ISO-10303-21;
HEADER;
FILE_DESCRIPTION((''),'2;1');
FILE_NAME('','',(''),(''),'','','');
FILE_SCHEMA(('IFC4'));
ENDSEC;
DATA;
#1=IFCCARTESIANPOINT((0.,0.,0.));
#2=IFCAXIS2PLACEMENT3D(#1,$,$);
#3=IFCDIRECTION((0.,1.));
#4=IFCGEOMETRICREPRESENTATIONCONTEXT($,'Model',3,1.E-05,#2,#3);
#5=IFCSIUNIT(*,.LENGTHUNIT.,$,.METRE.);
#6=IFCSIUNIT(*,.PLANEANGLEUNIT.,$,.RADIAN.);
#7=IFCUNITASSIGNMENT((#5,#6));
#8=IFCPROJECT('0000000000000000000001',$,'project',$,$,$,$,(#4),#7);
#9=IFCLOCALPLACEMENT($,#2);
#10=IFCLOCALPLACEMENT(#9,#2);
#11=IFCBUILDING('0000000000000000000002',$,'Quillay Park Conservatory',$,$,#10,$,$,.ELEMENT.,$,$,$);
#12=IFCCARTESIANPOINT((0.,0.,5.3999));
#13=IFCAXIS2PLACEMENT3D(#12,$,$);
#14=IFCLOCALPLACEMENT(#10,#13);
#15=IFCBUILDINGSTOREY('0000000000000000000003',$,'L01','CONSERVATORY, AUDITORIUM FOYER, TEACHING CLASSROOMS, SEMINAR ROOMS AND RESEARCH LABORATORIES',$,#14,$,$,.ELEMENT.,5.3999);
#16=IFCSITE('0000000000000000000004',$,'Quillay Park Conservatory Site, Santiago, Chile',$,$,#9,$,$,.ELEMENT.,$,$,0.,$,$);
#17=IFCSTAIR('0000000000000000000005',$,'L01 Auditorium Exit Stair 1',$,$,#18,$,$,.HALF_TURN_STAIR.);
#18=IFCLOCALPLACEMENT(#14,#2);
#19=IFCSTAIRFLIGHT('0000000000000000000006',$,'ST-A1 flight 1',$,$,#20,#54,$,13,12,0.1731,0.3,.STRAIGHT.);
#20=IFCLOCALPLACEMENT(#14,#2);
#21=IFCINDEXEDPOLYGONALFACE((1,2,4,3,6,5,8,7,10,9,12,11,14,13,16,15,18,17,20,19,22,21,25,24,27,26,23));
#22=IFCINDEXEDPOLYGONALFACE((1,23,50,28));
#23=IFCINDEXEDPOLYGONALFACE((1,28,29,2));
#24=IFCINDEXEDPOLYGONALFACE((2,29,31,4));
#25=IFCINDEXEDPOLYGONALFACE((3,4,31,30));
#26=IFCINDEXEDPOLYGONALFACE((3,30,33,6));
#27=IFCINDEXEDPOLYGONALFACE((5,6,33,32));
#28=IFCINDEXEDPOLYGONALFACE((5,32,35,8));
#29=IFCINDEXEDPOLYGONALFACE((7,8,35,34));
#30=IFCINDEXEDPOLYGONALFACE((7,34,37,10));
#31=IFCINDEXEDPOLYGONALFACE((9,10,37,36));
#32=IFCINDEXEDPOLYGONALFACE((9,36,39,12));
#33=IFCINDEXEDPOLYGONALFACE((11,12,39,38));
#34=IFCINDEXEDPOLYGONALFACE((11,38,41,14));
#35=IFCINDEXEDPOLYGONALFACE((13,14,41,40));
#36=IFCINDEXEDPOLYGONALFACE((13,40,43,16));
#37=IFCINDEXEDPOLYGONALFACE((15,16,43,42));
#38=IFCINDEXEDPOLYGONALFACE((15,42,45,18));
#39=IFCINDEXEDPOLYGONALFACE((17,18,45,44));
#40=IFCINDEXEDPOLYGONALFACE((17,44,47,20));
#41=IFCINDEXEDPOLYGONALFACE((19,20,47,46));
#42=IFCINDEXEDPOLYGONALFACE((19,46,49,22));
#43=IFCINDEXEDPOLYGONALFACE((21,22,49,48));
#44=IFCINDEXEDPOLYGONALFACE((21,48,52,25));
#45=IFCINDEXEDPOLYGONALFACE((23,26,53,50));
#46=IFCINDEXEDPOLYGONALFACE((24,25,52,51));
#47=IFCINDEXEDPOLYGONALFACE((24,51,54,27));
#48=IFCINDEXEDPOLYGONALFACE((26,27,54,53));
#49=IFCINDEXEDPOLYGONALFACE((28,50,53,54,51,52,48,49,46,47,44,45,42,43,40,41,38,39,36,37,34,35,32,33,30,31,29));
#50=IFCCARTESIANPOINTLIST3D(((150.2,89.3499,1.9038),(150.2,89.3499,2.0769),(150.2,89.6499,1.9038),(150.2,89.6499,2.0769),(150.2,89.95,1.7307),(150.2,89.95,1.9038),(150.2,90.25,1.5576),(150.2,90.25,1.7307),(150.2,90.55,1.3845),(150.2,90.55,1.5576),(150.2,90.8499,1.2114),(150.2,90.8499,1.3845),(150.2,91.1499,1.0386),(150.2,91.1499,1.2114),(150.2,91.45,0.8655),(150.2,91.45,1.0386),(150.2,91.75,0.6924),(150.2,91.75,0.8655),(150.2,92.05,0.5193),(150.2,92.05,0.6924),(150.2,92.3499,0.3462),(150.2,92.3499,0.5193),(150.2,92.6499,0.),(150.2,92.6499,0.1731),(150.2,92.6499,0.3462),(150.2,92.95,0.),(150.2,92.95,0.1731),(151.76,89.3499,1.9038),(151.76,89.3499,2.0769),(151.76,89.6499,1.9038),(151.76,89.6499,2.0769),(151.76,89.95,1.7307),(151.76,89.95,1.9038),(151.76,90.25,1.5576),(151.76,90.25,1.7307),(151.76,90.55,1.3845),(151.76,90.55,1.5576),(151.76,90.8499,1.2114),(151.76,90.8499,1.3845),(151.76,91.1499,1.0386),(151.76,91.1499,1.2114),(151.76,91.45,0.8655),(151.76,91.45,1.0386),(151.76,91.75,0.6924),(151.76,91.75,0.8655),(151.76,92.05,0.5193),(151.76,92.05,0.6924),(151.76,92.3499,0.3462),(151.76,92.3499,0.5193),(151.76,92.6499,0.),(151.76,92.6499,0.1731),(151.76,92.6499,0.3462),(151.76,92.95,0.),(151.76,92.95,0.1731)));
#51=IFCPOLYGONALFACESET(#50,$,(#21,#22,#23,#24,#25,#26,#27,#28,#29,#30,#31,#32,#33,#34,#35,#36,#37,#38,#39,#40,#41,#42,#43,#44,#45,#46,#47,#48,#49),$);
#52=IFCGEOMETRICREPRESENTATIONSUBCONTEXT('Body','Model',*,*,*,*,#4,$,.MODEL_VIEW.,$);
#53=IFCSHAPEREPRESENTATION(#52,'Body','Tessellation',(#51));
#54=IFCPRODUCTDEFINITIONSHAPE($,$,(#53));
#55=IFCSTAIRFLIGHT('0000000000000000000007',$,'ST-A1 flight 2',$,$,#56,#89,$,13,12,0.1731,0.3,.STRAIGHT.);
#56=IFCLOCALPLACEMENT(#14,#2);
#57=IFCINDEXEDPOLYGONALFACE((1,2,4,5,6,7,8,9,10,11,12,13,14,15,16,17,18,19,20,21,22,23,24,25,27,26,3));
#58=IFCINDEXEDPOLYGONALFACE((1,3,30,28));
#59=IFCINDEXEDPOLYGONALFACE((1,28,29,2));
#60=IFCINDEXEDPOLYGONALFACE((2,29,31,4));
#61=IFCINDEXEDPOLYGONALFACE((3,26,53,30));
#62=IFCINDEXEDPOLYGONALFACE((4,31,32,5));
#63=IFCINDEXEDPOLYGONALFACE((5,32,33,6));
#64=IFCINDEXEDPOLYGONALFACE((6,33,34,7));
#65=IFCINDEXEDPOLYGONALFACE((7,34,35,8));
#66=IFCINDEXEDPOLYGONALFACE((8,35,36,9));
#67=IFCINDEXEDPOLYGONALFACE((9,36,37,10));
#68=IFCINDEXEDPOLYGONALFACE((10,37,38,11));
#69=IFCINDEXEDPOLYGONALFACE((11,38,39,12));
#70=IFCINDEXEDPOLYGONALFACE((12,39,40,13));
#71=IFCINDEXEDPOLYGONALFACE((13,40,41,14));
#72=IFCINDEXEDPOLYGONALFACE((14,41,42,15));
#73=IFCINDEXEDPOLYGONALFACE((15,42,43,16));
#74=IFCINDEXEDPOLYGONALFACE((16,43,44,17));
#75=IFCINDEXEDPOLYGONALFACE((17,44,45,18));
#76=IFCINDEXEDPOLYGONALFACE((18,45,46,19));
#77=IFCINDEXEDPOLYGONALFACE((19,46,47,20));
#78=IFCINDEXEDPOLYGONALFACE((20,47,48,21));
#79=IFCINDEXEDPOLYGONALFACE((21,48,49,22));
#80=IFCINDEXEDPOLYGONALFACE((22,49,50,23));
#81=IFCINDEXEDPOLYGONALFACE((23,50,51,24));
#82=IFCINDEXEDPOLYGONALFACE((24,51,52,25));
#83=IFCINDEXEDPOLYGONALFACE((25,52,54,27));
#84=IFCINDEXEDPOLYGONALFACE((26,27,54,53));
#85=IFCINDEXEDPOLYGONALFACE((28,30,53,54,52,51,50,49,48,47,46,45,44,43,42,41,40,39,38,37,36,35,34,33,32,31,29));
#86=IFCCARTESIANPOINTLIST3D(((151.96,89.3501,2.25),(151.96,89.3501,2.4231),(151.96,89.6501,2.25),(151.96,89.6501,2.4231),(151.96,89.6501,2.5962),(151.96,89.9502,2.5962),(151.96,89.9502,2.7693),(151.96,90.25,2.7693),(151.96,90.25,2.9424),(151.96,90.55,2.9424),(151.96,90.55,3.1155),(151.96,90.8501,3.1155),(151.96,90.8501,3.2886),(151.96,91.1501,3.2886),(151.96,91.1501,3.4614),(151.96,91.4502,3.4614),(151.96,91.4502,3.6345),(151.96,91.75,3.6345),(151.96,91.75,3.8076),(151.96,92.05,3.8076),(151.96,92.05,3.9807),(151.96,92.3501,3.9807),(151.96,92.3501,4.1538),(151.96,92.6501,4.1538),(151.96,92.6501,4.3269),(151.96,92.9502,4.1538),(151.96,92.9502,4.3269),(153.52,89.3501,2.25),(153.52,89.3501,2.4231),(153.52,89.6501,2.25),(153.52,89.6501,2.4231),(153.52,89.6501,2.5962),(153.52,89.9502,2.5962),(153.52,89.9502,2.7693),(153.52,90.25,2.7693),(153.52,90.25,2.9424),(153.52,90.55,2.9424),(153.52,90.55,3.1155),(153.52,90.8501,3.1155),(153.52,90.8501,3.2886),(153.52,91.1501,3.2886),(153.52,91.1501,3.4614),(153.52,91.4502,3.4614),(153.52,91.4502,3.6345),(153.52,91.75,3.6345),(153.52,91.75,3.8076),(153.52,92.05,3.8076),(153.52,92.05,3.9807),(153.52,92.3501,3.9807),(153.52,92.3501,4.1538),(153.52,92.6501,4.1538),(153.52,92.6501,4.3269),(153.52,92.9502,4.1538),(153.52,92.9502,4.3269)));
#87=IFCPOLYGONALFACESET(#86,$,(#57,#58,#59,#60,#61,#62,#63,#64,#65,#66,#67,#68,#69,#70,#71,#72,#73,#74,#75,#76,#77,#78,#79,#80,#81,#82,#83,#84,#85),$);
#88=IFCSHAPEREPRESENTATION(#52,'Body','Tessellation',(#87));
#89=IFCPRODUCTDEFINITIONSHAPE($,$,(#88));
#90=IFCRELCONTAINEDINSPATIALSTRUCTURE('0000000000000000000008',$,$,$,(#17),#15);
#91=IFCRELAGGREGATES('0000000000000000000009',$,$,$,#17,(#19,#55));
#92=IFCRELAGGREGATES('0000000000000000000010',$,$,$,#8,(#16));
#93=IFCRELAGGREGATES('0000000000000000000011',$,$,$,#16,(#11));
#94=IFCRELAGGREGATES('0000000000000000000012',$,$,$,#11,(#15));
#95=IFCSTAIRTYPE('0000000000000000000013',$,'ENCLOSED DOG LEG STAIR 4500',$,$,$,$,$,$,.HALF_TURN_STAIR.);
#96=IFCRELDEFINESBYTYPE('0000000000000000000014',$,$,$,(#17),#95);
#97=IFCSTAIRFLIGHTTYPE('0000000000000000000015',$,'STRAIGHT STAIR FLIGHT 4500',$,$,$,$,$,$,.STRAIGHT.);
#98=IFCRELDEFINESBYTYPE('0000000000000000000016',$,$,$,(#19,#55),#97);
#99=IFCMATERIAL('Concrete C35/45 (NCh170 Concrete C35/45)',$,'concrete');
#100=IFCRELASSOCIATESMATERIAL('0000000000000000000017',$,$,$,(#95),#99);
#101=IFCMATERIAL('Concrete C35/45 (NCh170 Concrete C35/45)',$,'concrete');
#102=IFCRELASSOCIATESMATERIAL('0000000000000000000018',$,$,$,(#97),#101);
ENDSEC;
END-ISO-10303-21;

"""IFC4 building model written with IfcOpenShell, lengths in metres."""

from ifc_helpers import new_model, si_unit, direction, frame, origin, place, context, subcontext, project, spatial, polyline, outline, extrude, material, type_object, element, aggregate, save


model = new_model("IFC4")

# Units and contexts
model_context = context("Model", 3, precision=1e-05, world=origin(), true_north=direction((0.0, 1.0)))
body_context = subcontext(model_context, "Body", "Model", "MODEL_VIEW")
ifc_project = project(units=[si_unit("LENGTHUNIT", "METRE"), si_unit("PLANEANGLEUNIT", "RADIAN")], contexts=[model_context])

# Site, building, storey
site_placement = place(None, origin())
site = spatial("IfcSite", under=ifc_project, at=site_placement, Name="Quillay Park Conservatory Site, Santiago, Chile", CompositionType="ELEMENT", RefElevation=0.0)
building_placement = place(site_placement, origin())
building = spatial("IfcBuilding", under=site, at=building_placement, Name="Quillay Park Conservatory", CompositionType="ELEMENT")
storey_placement = place(building_placement, frame((0.0, 0.0, 5.3999)))
storey = spatial("IfcBuildingStorey", under=building, at=storey_placement, Name="L01", Description="CONSERVATORY, AUDITORIUM FOYER, TEACHING CLASSROOMS, SEMINAR ROOMS AND RESEARCH LABORATORIES", CompositionType="ELEMENT", Elevation=5.3999)

# Stair, stair flights
ifc_material_1 = material(Name="Concrete C35/45 (NCh170 Concrete C35/45)", Category="concrete")
stair_type = type_object("IfcStairType", Name="ENCLOSED DOG LEG STAIR 4500", PredefinedType="HALF_TURN_STAIR", material=ifc_material_1)
stair_placement = place(storey_placement, origin())
stair = element("IfcStair", 1, at=stair_placement, inside=storey, type_object=stair_type, Name="L01 Auditorium Exit Stair 1", PredefinedType="HALF_TURN_STAIR")
ifc_material_2 = material(Name="Concrete C35/45 (NCh170 Concrete C35/45)", Category="concrete")
stair_flight_type = type_object("IfcStairFlightType", Name="STRAIGHT STAIR FLIGHT 4500", PredefinedType="STRAIGHT", material=ifc_material_2)
stair_flight_1_placement = place(storey_placement, frame((150.98, 92.95, 0.0), z_axis=(0.0, 0.0, 1.0), x_axis=(0.0, -1.0, 0.0)))
stair_flight_1 = element("IfcStairFlight", 2, at=stair_flight_1_placement, type_object=stair_flight_type, Name="ST-A1 flight 1", NumberOfRisers=13, NumberOfTreads=12, PredefinedType="STRAIGHT", RiserHeight=0.1731, TreadLength=0.3, context=body_context, shape_type="SweptSolid", body=[
    extrude(outline(polyline([(0.0, 0.0), (0.0, 0.1731), (0.3, 0.1731), (0.3, 0.3462), (0.6001, 0.3462), (0.6001, 0.5193), (0.8999, 0.5193), (0.8999, 0.6924), (1.2, 0.6924), (1.2, 0.8655), (1.5, 0.8655), (1.5, 1.0386), (1.8, 1.0386), (1.8, 1.2114), (2.1001, 1.2114), (2.1001, 1.3845), (2.3999, 1.3845), (2.3999, 1.5576), (2.7, 1.5576), (2.7, 1.7307), (3.0, 1.7307), (3.0, 1.9038), (3.3, 1.9038), (3.3, 2.0769), (3.6001, 2.0769), (3.6001, 2.25), (3.6001, 1.9038), (0.3, 0.0), (0.0, 0.0)])), frame((0.0, 0.78, 0.0), z_axis=(0.0, -1.0, 0.0), x_axis=(1.0, 0.0, 0.0)), (0.0, 0.0, 1.0), 1.5601),
])
stair_flight_2_placement = place(storey_placement, frame((152.74, 89.3501, 2.25), z_axis=(0.0, 0.0, 1.0), x_axis=(0.0, 1.0, 0.0)))
stair_flight_2 = element("IfcStairFlight", 3, at=stair_flight_2_placement, type_object=stair_flight_type, Name="ST-A1 flight 2", NumberOfRisers=13, NumberOfTreads=12, PredefinedType="STRAIGHT", RiserHeight=0.1731, TreadLength=0.3, context=body_context, shape_type="SweptSolid", body=[
    extrude(outline(polyline([(0.0, 0.0), (0.0, 0.1731), (0.3, 0.1731), (0.3, 0.3462), (0.6001, 0.3462), (0.6001, 0.5193), (0.8999, 0.5193), (0.8999, 0.6924), (1.2, 0.6924), (1.2, 0.8655), (1.5, 0.8655), (1.5, 1.0386), (1.8, 1.0386), (1.8, 1.2114), (2.1001, 1.2114), (2.1001, 1.3845), (2.3999, 1.3845), (2.3999, 1.5576), (2.7, 1.5576), (2.7, 1.7307), (3.0, 1.7307), (3.0, 1.9038), (3.3, 1.9038), (3.3, 2.0769), (3.6001, 2.0769), (3.6001, 2.25), (3.6001, 1.9038), (0.3, 0.0), (0.0, 0.0)])), frame((0.0, 0.78, 0.0), z_axis=(0.0, -1.0, 0.0), x_axis=(1.0, 0.0, 0.0)), (0.0, 0.0, 1.0), 1.5601),
])
aggregate(stair, [stair_flight_1, stair_flight_2])

save(model, "model.ifc")
